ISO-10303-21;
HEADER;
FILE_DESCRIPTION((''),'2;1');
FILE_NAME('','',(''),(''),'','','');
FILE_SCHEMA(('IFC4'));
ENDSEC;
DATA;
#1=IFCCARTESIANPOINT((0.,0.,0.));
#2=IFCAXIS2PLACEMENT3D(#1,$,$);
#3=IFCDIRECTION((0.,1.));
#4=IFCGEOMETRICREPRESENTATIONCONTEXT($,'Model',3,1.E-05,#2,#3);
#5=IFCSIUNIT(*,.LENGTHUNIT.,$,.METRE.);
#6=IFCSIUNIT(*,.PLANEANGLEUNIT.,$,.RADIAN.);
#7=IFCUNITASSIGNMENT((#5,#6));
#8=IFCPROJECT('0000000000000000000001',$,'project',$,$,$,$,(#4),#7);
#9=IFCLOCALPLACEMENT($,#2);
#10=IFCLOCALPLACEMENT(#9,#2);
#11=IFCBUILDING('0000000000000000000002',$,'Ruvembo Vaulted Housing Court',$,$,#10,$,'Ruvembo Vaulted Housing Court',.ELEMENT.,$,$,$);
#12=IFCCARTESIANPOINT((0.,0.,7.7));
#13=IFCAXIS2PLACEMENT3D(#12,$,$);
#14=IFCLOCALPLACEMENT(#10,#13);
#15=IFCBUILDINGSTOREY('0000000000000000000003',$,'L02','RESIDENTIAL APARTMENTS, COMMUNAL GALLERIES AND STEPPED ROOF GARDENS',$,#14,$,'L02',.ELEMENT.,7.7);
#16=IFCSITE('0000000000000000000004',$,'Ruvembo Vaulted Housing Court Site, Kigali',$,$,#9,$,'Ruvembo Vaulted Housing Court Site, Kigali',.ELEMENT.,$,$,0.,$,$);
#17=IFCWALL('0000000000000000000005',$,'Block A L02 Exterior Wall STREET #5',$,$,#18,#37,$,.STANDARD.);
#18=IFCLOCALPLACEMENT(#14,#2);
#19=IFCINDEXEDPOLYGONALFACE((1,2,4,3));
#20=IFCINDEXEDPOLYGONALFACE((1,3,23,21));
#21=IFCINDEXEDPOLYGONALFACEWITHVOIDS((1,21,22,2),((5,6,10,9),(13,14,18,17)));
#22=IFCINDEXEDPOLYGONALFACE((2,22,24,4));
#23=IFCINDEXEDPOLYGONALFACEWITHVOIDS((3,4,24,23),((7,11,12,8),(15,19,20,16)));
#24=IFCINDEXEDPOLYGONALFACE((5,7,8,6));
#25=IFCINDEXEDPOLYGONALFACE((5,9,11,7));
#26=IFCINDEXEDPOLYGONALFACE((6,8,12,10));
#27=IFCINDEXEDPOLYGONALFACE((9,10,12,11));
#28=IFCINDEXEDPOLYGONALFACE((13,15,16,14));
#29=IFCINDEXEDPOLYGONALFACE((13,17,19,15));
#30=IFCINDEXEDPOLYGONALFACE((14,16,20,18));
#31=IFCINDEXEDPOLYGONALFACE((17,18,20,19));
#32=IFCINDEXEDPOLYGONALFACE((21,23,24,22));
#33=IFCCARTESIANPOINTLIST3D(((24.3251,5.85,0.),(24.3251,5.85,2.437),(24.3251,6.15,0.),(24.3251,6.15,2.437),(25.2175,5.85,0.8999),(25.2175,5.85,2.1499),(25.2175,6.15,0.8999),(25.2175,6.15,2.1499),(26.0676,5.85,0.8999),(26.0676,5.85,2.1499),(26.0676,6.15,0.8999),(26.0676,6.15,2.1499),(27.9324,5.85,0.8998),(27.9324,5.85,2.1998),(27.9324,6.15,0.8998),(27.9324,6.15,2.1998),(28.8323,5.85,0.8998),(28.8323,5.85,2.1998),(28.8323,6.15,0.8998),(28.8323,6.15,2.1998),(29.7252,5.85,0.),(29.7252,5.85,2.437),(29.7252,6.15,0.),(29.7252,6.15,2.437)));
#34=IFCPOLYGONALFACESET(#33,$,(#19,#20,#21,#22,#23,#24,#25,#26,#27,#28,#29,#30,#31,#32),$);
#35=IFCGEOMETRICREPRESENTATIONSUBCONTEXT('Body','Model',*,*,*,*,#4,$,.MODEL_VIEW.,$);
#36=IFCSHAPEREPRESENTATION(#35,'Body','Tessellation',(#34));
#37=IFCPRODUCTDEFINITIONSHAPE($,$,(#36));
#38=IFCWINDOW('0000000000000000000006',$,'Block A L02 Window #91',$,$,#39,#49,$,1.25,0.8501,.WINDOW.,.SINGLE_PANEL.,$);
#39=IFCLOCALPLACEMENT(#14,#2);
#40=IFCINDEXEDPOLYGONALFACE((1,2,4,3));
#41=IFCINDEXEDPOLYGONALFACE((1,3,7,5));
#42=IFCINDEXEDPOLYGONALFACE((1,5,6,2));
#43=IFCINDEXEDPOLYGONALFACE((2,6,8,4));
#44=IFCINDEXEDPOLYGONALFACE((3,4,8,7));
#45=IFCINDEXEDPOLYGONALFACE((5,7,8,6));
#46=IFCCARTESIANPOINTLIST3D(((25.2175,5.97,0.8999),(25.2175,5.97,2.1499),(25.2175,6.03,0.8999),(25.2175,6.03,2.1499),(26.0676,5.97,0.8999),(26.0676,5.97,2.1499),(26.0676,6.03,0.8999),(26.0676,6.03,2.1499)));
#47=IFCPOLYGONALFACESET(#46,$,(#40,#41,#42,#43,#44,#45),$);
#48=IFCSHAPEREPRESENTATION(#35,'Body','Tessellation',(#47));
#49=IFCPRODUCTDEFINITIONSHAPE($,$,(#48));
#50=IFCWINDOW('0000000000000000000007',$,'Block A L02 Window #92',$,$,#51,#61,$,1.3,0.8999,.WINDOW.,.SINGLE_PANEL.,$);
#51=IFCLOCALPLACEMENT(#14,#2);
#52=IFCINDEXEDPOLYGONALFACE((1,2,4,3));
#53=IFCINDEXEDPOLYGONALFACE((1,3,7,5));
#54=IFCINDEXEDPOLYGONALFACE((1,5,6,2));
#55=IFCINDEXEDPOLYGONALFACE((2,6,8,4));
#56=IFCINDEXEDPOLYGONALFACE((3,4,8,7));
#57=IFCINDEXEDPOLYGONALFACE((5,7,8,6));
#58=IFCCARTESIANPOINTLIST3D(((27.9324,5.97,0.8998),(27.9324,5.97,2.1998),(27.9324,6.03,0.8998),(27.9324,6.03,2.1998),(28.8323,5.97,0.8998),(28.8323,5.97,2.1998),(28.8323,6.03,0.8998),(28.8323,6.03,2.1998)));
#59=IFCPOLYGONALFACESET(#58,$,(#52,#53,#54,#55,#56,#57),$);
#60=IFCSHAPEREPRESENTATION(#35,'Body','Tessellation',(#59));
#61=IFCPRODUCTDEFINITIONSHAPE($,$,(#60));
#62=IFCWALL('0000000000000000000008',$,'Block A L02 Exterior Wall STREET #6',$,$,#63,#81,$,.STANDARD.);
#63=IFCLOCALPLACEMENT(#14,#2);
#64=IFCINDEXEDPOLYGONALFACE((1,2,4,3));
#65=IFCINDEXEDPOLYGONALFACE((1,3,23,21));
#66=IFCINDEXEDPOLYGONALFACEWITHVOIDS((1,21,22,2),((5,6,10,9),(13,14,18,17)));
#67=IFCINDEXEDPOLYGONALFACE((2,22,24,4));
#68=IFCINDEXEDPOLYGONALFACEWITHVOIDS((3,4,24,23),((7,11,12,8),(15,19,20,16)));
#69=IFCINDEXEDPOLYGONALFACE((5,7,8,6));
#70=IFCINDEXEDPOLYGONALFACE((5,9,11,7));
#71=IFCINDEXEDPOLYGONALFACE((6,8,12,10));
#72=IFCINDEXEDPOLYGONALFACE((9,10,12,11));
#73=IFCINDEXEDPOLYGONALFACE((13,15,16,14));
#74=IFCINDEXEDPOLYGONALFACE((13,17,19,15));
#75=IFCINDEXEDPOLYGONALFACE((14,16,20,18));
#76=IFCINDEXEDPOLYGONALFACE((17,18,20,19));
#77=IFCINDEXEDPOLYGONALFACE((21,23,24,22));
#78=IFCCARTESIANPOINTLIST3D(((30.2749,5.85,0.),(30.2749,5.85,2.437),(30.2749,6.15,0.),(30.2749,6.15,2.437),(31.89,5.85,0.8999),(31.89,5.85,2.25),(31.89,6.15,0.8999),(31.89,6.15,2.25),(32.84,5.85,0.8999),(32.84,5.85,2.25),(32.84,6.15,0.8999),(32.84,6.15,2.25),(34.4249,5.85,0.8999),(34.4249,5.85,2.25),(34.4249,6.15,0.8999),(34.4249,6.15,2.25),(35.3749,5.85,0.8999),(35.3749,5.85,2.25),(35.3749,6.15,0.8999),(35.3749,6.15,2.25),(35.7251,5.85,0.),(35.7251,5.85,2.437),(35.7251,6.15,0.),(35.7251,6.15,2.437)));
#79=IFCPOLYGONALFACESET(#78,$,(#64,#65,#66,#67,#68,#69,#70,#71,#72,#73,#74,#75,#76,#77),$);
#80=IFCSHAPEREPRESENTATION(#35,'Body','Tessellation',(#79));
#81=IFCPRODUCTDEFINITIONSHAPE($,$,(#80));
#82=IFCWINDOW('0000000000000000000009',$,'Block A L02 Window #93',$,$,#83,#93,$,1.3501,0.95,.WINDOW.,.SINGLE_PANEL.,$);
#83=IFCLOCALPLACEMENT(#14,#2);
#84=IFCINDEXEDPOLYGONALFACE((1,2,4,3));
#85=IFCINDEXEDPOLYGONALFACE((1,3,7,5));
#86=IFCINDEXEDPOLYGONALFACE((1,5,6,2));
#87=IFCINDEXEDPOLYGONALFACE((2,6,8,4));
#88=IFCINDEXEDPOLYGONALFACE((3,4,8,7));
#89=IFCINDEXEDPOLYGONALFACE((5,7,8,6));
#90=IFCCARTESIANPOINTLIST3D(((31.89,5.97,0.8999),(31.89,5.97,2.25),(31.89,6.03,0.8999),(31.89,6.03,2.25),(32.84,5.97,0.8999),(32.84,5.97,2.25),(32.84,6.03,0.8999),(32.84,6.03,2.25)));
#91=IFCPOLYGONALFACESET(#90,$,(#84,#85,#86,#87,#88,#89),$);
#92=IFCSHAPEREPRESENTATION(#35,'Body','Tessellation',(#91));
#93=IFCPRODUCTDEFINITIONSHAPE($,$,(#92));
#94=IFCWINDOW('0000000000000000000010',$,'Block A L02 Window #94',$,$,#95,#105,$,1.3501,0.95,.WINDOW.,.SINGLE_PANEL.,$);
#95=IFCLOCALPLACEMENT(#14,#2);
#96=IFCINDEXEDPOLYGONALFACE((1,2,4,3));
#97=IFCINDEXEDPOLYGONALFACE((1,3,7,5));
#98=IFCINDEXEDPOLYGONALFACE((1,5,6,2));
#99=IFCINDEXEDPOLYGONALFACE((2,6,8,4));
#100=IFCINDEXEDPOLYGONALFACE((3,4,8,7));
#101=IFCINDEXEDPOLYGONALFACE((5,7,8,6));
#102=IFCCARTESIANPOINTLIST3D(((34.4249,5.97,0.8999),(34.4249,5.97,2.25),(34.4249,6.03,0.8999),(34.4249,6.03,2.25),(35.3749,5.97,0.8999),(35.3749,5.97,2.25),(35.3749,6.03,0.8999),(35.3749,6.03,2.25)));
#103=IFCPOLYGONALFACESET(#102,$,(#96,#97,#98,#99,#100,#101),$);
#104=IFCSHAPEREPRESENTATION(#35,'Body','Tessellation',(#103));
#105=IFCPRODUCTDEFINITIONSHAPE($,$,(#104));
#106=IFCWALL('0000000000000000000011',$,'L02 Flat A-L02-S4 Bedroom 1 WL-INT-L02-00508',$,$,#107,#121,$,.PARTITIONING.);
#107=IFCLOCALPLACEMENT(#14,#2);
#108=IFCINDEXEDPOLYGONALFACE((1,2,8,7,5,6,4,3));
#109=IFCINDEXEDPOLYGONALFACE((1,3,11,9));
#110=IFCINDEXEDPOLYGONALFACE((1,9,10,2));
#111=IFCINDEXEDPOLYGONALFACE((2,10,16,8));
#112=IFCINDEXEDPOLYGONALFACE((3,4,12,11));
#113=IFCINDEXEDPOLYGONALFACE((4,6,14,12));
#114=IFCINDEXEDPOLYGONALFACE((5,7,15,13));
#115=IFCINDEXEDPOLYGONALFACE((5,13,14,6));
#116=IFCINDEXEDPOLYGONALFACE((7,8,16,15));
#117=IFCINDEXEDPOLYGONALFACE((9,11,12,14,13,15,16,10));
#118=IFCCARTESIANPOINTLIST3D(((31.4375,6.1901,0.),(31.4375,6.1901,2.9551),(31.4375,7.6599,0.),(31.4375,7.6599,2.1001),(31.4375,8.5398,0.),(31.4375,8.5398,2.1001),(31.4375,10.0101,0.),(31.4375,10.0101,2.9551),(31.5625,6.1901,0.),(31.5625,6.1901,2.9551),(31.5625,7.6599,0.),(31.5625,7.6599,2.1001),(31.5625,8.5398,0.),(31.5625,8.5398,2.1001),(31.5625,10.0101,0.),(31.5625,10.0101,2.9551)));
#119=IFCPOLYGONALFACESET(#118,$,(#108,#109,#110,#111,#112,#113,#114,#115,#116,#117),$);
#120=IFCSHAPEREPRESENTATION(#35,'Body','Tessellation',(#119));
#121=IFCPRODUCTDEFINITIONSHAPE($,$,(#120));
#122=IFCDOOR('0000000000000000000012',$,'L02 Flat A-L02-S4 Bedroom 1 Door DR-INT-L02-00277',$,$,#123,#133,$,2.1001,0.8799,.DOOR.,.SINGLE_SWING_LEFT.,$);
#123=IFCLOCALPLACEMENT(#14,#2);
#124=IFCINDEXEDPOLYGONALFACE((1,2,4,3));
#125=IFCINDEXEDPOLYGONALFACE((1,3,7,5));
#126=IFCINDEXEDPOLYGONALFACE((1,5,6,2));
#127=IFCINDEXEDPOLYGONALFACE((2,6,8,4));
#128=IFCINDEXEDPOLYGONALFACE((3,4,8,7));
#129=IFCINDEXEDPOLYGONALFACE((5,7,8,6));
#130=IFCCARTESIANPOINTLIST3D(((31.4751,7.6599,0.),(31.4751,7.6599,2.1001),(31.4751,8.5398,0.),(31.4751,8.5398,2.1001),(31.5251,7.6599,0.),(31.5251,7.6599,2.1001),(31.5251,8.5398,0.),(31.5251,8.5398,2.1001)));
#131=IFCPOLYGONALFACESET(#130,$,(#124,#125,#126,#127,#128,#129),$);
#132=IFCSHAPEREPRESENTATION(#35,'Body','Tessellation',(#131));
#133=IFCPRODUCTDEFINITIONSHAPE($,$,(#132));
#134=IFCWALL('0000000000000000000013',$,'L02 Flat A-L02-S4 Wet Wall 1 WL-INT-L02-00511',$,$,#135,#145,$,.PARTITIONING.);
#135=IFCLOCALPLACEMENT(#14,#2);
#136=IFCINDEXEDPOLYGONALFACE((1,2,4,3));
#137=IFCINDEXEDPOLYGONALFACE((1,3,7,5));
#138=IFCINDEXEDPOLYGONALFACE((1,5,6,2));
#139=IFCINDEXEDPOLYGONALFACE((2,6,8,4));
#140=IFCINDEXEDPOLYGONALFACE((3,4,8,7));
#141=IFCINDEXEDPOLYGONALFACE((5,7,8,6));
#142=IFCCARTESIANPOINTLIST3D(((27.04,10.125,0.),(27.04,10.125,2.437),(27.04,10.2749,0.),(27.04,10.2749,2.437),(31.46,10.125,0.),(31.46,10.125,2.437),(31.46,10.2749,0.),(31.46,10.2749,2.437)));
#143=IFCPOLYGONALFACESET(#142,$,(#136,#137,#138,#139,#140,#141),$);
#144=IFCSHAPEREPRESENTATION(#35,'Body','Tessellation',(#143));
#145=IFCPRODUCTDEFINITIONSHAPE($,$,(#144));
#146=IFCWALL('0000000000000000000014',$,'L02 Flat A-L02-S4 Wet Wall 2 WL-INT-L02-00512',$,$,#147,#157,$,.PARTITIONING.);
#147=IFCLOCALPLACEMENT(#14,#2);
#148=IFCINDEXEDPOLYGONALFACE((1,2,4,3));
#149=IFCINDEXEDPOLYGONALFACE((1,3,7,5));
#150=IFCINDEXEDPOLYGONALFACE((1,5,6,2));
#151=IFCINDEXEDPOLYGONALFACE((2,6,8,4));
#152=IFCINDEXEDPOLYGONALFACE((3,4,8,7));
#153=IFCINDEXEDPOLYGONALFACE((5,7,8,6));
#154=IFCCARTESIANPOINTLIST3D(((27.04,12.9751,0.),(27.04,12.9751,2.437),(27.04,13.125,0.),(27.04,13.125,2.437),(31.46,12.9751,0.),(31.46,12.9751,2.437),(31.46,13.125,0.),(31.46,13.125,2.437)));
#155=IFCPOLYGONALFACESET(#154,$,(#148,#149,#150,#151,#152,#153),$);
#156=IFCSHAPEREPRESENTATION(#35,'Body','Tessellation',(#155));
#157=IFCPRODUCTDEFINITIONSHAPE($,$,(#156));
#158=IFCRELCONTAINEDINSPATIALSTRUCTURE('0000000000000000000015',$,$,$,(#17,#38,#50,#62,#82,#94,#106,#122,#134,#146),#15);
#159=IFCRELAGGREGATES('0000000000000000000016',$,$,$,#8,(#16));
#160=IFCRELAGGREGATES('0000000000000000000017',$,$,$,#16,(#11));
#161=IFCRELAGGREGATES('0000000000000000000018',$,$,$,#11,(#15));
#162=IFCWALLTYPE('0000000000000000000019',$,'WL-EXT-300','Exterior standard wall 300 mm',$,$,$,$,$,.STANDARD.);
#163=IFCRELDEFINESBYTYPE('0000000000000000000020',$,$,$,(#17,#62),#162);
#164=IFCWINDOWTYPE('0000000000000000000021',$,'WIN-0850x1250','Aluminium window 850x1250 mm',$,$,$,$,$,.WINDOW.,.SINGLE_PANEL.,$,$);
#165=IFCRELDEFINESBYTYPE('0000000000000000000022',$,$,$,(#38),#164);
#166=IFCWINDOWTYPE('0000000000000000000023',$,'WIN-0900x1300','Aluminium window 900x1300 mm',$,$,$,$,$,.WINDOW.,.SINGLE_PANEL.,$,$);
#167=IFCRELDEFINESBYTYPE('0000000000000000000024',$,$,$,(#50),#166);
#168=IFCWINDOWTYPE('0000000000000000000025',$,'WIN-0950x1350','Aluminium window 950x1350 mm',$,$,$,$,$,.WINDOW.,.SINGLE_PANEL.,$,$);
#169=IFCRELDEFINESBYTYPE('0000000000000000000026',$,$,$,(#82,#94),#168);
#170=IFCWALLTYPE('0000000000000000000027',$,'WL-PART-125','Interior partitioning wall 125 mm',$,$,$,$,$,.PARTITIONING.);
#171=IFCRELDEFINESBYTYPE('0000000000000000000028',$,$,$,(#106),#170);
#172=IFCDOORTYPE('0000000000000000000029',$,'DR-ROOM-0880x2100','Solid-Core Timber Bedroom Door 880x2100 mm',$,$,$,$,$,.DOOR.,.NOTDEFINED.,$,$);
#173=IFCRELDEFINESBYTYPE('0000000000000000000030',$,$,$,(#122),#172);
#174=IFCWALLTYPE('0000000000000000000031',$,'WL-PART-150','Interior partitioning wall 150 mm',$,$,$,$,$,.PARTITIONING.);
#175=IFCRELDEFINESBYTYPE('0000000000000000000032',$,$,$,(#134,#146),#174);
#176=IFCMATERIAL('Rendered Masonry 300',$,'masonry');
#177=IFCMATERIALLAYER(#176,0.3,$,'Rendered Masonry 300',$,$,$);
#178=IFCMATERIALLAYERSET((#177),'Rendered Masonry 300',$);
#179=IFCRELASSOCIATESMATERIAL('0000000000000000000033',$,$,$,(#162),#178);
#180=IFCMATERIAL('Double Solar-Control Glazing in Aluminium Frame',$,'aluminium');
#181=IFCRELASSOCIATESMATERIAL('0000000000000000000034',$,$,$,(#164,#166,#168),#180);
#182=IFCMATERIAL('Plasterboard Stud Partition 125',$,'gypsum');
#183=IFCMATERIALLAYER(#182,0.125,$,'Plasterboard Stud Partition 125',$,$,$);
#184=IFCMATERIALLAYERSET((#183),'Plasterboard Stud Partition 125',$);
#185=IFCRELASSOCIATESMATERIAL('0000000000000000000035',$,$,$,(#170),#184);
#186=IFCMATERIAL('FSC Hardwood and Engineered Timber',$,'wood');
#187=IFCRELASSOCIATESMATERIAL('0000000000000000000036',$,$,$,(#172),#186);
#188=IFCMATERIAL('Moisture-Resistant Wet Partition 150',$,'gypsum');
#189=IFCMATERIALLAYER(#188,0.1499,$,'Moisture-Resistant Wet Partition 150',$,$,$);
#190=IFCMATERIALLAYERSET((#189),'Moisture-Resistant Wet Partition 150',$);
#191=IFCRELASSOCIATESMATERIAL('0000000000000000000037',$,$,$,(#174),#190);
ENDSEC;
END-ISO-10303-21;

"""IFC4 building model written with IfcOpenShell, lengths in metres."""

from ifc_helpers import new_model, si_unit, direction, frame, frame_2d, origin, place, context, subcontext, project, spatial, rectangle, extrude, material, layer, layer_set, type_object, element, fill, save


model = new_model("IFC4")

# Units and contexts
model_context = context("Model", 3, precision=1e-05, world=origin(), true_north=direction((0.0, 1.0)))
body_context = subcontext(model_context, "Body", "Model", "MODEL_VIEW")
ifc_project = project(units=[si_unit("LENGTHUNIT", "METRE"), si_unit("PLANEANGLEUNIT", "RADIAN")], contexts=[model_context])

# Site, building, storey
site_placement = place(None, origin())
site = spatial("IfcSite", under=ifc_project, at=site_placement, Name="Ruvembo Vaulted Housing Court Site, Kigali", LongName="Ruvembo Vaulted Housing Court Site, Kigali", CompositionType="ELEMENT", RefElevation=0.0)
building_placement = place(site_placement, origin())
building = spatial("IfcBuilding", under=site, at=building_placement, Name="Ruvembo Vaulted Housing Court", LongName="Ruvembo Vaulted Housing Court", CompositionType="ELEMENT")
storey_placement = place(building_placement, frame((0.0, 0.0, 7.7)))
storey = spatial("IfcBuildingStorey", under=building, at=storey_placement, Name="L02", Description="RESIDENTIAL APARTMENTS, COMMUNAL GALLERIES AND STEPPED ROOF GARDENS", LongName="L02", CompositionType="ELEMENT", Elevation=7.7)

# Walls, openings, windows
ifc_material_1 = material(Name="Rendered Masonry 300", Category="masonry")
ifc_layer_1 = layer(ifc_material_1, 0.3, Name="Rendered Masonry 300")
ifc_layer_set_1 = layer_set([ifc_layer_1], Name="Rendered Masonry 300")
wall_type_1 = type_object("IfcWallType", Name="WL-EXT-300", Description="Exterior standard wall 300 mm", PredefinedType="STANDARD", material=ifc_layer_set_1)
wall_1_placement = place(storey_placement, frame((24.325, 6.0, 0.0), z_axis=(0.0, 0.0, 1.0), x_axis=(1.0, 0.0, 0.0)))
wall_1 = element("IfcWall", 1, at=wall_1_placement, inside=storey, type_object=wall_type_1, Name="Block A L02 Exterior Wall STREET #5", PredefinedType="STANDARD", context=body_context, shape_type="SweptSolid", body=[
    extrude(rectangle(XDim=5.4001, YDim=0.3, at=frame_2d((2.7002, 0.0))), origin(), (0.0, 0.0, 1.0), 2.437),
])
opening_1_placement = place(wall_1_placement, frame((0.8926, 0.0, 0.8999)))
opening_1 = element("IfcOpeningElement", 2, at=opening_1_placement, cuts=wall_1, PredefinedType="OPENING", context=body_context, shape_type="SweptSolid", body=[
    extrude(rectangle(XDim=0.8501, YDim=1.25, at=frame_2d((0.425, 0.625))), frame((0.0, 0.1599, 0.0), z_axis=(0.0, -1.0, 0.0), x_axis=(1.0, 0.0, 0.0)), (0.0, 0.0, 1.0), 0.3201),
])
opening_2_placement = place(wall_1_placement, frame((3.6074, 0.0, 0.8999)))
opening_2 = element("IfcOpeningElement", 3, at=opening_2_placement, cuts=wall_1, PredefinedType="OPENING", context=body_context, shape_type="SweptSolid", body=[
    extrude(rectangle(XDim=0.8999, YDim=1.3, at=frame_2d((0.45, 0.6499))), frame((0.0, 0.1599, 0.0), z_axis=(0.0, -1.0, 0.0), x_axis=(1.0, 0.0, 0.0)), (0.0, 0.0, 1.0), 0.3201),
])
ifc_material_2 = material(Name="Double Solar-Control Glazing in Aluminium Frame", Category="aluminium")
window_type_1 = type_object("IfcWindowType", Name="WIN-0850x1250", Description="Aluminium window 850x1250 mm", PartitioningType="SINGLE_PANEL", PredefinedType="WINDOW", material=ifc_material_2)
window_1_placement = place(opening_1_placement, origin())
window_1 = element("IfcWindow", 4, at=window_1_placement, inside=storey, type_object=window_type_1, Name="Block A L02 Window #91", OverallHeight=1.25, OverallWidth=0.8501, PartitioningType="SINGLE_PANEL", PredefinedType="WINDOW", context=body_context, shape_type="SweptSolid", body=[
    extrude(rectangle(XDim=0.8501, YDim=1.25, at=frame_2d((0.425, 0.625))), frame((0.0, 0.03, 0.0), z_axis=(0.0, -1.0, 0.0), x_axis=(1.0, 0.0, 0.0)), (0.0, 0.0, 1.0), 0.0601),
])
fill(opening_1, window_1)
window_type_2 = type_object("IfcWindowType", Name="WIN-0900x1300", Description="Aluminium window 900x1300 mm", PartitioningType="SINGLE_PANEL", PredefinedType="WINDOW", material=ifc_material_2)
window_2_placement = place(opening_2_placement, origin())
window_2 = element("IfcWindow", 5, at=window_2_placement, inside=storey, type_object=window_type_2, Name="Block A L02 Window #92", OverallHeight=1.3, OverallWidth=0.8999, PartitioningType="SINGLE_PANEL", PredefinedType="WINDOW", context=body_context, shape_type="SweptSolid", body=[
    extrude(rectangle(XDim=0.8999, YDim=1.3, at=frame_2d((0.45, 0.6499))), frame((0.0, 0.03, 0.0), z_axis=(0.0, -1.0, 0.0), x_axis=(1.0, 0.0, 0.0)), (0.0, 0.0, 1.0), 0.0601),
])
fill(opening_2, window_2)
wall_2_placement = place(storey_placement, frame((30.2749, 6.0, 0.0), z_axis=(0.0, 0.0, 1.0), x_axis=(1.0, 0.0, 0.0)))
wall_2 = element("IfcWall", 6, at=wall_2_placement, inside=storey, type_object=wall_type_1, Name="Block A L02 Exterior Wall STREET #6", PredefinedType="STANDARD", context=body_context, shape_type="SweptSolid", body=[
    extrude(rectangle(XDim=5.4502, YDim=0.3, at=frame_2d((2.7251, 0.0))), origin(), (0.0, 0.0, 1.0), 2.437),
])
opening_3_placement = place(wall_2_placement, frame((1.615, 0.0, 0.8999)))
opening_3 = element("IfcOpeningElement", 7, at=opening_3_placement, cuts=wall_2, PredefinedType="OPENING", context=body_context, shape_type="SweptSolid", body=[
    extrude(rectangle(XDim=0.95, YDim=1.3501, at=frame_2d((0.4751, 0.675))), frame((0.0, 0.1599, 0.0), z_axis=(0.0, -1.0, 0.0), x_axis=(1.0, 0.0, 0.0)), (0.0, 0.0, 1.0), 0.3201),
])
opening_4_placement = place(wall_2_placement, frame((4.1499, 0.0, 0.8999)))
opening_4 = element("IfcOpeningElement", 8, at=opening_4_placement, cuts=wall_2, PredefinedType="OPENING", context=body_context, shape_type="SweptSolid", body=[
    extrude(rectangle(XDim=0.95, YDim=1.3501, at=frame_2d((0.4751, 0.675))), frame((0.0, 0.1599, 0.0), z_axis=(0.0, -1.0, 0.0), x_axis=(1.0, 0.0, 0.0)), (0.0, 0.0, 1.0), 0.3201),
])
window_type_3 = type_object("IfcWindowType", Name="WIN-0950x1350", Description="Aluminium window 950x1350 mm", PartitioningType="SINGLE_PANEL", PredefinedType="WINDOW", material=ifc_material_2)
window_3_placement = place(opening_3_placement, origin())
window_3 = element("IfcWindow", 9, at=window_3_placement, inside=storey, type_object=window_type_3, Name="Block A L02 Window #93", OverallHeight=1.3501, OverallWidth=0.95, PartitioningType="SINGLE_PANEL", PredefinedType="WINDOW", context=body_context, shape_type="SweptSolid", body=[
    extrude(rectangle(XDim=0.95, YDim=1.3501, at=frame_2d((0.4751, 0.675))), frame((0.0, 0.03, 0.0), z_axis=(0.0, -1.0, 0.0), x_axis=(1.0, 0.0, 0.0)), (0.0, 0.0, 1.0), 0.0601),
])
fill(opening_3, window_3)
window_4_placement = place(opening_4_placement, origin())
window_4 = element("IfcWindow", 10, at=window_4_placement, inside=storey, type_object=window_type_3, Name="Block A L02 Window #94", OverallHeight=1.3501, OverallWidth=0.95, PartitioningType="SINGLE_PANEL", PredefinedType="WINDOW", context=body_context, shape_type="SweptSolid", body=[
    extrude(rectangle(XDim=0.95, YDim=1.3501, at=frame_2d((0.4751, 0.675))), frame((0.0, 0.03, 0.0), z_axis=(0.0, -1.0, 0.0), x_axis=(1.0, 0.0, 0.0)), (0.0, 0.0, 1.0), 0.0601),
])
fill(opening_4, window_4)

# Wall, opening, door
ifc_material_3 = material(Name="Plasterboard Stud Partition 125", Category="gypsum")
ifc_layer_2 = layer(ifc_material_3, 0.125, Name="Plasterboard Stud Partition 125")
ifc_layer_set_2 = layer_set([ifc_layer_2], Name="Plasterboard Stud Partition 125")
wall_type_2 = type_object("IfcWallType", Name="WL-PART-125", Description="Interior partitioning wall 125 mm", PredefinedType="PARTITIONING", material=ifc_layer_set_2)
wall_3_placement = place(storey_placement, frame((31.5, 6.1899, 0.0), z_axis=(0.0, 0.0, 1.0), x_axis=(0.0, 1.0, 0.0)))
wall_3 = element("IfcWall", 11, at=wall_3_placement, inside=storey, type_object=wall_type_2, Name="L02 Flat A-L02-S4 Bedroom 1 WL-INT-L02-00508", PredefinedType="PARTITIONING", context=body_context, shape_type="SweptSolid", body=[
    extrude(rectangle(XDim=3.8201, YDim=0.125, at=frame_2d((1.9102, 0.0))), origin(), (0.0, 0.0, 1.0), 2.9551),
])
opening_5_placement = place(wall_3_placement, frame((1.47, 0.0, 0.0)))
opening_5 = element("IfcOpeningElement", 12, at=opening_5_placement, cuts=wall_3, PredefinedType="OPENING", context=body_context, shape_type="SweptSolid", body=[
    extrude(rectangle(XDim=0.8799, YDim=2.1001, at=frame_2d((0.4399, 1.05))), frame((0.0, 0.0725, 0.0), z_axis=(0.0, -1.0, 0.0), x_axis=(1.0, 0.0, 0.0)), (0.0, 0.0, 1.0), 0.145),
])
ifc_material_4 = material(Name="FSC Hardwood and Engineered Timber", Category="wood")
door_type_1 = type_object("IfcDoorType", Name="DR-ROOM-0880x2100", Description="Solid-Core Timber Bedroom Door 880x2100 mm", OperationType="NOTDEFINED", PredefinedType="DOOR", material=ifc_material_4)
door_1_placement = place(opening_5_placement, origin())
door_1 = element("IfcDoor", 13, at=door_1_placement, inside=storey, type_object=door_type_1, Name="L02 Flat A-L02-S4 Bedroom 1 Door DR-INT-L02-00277", OperationType="SINGLE_SWING_LEFT", OverallHeight=2.1001, OverallWidth=0.8799, PredefinedType="DOOR", context=body_context, shape_type="SweptSolid", body=[
    extrude(rectangle(XDim=0.8799, YDim=2.1001, at=frame_2d((0.4399, 1.05))), frame((0.0, 0.0249, 0.0), z_axis=(0.0, -1.0, 0.0), x_axis=(1.0, 0.0, 0.0)), (0.0, 0.0, 1.0), 0.05),
])
fill(opening_5, door_1)

# Walls
ifc_material_5 = material(Name="Moisture-Resistant Wet Partition 150", Category="gypsum")
ifc_layer_3 = layer(ifc_material_5, 0.1499, Name="Moisture-Resistant Wet Partition 150")
ifc_layer_set_3 = layer_set([ifc_layer_3], Name="Moisture-Resistant Wet Partition 150")
wall_type_3 = type_object("IfcWallType", Name="WL-PART-150", Description="Interior partitioning wall 150 mm", PredefinedType="PARTITIONING", material=ifc_layer_set_3)
for number, where, z_axis, x_axis, name in (
    (14, (27.04, 10.2, 0.0), (0.0, 0.0, 1.0), (1.0, 0.0, 0.0), "L02 Flat A-L02-S4 Wet Wall 1 WL-INT-L02-00511"),
    (15, (27.04, 13.05, 0.0), (0.0, 0.0, 1.0), (1.0, 0.0, 0.0), "L02 Flat A-L02-S4 Wet Wall 2 WL-INT-L02-00512"),
):
    element("IfcWall", number, at=place(storey_placement, frame(where, z_axis=z_axis, x_axis=x_axis)), inside=storey, type_object=wall_type_3, Name=name, PredefinedType="PARTITIONING", context=body_context, shape_type="SweptSolid", body=[
        extrude(rectangle(XDim=4.4199, YDim=0.1499, at=frame_2d((2.21, 0.0))), origin(), (0.0, 0.0, 1.0), 2.437),
    ])

save(model, "model.ifc")
